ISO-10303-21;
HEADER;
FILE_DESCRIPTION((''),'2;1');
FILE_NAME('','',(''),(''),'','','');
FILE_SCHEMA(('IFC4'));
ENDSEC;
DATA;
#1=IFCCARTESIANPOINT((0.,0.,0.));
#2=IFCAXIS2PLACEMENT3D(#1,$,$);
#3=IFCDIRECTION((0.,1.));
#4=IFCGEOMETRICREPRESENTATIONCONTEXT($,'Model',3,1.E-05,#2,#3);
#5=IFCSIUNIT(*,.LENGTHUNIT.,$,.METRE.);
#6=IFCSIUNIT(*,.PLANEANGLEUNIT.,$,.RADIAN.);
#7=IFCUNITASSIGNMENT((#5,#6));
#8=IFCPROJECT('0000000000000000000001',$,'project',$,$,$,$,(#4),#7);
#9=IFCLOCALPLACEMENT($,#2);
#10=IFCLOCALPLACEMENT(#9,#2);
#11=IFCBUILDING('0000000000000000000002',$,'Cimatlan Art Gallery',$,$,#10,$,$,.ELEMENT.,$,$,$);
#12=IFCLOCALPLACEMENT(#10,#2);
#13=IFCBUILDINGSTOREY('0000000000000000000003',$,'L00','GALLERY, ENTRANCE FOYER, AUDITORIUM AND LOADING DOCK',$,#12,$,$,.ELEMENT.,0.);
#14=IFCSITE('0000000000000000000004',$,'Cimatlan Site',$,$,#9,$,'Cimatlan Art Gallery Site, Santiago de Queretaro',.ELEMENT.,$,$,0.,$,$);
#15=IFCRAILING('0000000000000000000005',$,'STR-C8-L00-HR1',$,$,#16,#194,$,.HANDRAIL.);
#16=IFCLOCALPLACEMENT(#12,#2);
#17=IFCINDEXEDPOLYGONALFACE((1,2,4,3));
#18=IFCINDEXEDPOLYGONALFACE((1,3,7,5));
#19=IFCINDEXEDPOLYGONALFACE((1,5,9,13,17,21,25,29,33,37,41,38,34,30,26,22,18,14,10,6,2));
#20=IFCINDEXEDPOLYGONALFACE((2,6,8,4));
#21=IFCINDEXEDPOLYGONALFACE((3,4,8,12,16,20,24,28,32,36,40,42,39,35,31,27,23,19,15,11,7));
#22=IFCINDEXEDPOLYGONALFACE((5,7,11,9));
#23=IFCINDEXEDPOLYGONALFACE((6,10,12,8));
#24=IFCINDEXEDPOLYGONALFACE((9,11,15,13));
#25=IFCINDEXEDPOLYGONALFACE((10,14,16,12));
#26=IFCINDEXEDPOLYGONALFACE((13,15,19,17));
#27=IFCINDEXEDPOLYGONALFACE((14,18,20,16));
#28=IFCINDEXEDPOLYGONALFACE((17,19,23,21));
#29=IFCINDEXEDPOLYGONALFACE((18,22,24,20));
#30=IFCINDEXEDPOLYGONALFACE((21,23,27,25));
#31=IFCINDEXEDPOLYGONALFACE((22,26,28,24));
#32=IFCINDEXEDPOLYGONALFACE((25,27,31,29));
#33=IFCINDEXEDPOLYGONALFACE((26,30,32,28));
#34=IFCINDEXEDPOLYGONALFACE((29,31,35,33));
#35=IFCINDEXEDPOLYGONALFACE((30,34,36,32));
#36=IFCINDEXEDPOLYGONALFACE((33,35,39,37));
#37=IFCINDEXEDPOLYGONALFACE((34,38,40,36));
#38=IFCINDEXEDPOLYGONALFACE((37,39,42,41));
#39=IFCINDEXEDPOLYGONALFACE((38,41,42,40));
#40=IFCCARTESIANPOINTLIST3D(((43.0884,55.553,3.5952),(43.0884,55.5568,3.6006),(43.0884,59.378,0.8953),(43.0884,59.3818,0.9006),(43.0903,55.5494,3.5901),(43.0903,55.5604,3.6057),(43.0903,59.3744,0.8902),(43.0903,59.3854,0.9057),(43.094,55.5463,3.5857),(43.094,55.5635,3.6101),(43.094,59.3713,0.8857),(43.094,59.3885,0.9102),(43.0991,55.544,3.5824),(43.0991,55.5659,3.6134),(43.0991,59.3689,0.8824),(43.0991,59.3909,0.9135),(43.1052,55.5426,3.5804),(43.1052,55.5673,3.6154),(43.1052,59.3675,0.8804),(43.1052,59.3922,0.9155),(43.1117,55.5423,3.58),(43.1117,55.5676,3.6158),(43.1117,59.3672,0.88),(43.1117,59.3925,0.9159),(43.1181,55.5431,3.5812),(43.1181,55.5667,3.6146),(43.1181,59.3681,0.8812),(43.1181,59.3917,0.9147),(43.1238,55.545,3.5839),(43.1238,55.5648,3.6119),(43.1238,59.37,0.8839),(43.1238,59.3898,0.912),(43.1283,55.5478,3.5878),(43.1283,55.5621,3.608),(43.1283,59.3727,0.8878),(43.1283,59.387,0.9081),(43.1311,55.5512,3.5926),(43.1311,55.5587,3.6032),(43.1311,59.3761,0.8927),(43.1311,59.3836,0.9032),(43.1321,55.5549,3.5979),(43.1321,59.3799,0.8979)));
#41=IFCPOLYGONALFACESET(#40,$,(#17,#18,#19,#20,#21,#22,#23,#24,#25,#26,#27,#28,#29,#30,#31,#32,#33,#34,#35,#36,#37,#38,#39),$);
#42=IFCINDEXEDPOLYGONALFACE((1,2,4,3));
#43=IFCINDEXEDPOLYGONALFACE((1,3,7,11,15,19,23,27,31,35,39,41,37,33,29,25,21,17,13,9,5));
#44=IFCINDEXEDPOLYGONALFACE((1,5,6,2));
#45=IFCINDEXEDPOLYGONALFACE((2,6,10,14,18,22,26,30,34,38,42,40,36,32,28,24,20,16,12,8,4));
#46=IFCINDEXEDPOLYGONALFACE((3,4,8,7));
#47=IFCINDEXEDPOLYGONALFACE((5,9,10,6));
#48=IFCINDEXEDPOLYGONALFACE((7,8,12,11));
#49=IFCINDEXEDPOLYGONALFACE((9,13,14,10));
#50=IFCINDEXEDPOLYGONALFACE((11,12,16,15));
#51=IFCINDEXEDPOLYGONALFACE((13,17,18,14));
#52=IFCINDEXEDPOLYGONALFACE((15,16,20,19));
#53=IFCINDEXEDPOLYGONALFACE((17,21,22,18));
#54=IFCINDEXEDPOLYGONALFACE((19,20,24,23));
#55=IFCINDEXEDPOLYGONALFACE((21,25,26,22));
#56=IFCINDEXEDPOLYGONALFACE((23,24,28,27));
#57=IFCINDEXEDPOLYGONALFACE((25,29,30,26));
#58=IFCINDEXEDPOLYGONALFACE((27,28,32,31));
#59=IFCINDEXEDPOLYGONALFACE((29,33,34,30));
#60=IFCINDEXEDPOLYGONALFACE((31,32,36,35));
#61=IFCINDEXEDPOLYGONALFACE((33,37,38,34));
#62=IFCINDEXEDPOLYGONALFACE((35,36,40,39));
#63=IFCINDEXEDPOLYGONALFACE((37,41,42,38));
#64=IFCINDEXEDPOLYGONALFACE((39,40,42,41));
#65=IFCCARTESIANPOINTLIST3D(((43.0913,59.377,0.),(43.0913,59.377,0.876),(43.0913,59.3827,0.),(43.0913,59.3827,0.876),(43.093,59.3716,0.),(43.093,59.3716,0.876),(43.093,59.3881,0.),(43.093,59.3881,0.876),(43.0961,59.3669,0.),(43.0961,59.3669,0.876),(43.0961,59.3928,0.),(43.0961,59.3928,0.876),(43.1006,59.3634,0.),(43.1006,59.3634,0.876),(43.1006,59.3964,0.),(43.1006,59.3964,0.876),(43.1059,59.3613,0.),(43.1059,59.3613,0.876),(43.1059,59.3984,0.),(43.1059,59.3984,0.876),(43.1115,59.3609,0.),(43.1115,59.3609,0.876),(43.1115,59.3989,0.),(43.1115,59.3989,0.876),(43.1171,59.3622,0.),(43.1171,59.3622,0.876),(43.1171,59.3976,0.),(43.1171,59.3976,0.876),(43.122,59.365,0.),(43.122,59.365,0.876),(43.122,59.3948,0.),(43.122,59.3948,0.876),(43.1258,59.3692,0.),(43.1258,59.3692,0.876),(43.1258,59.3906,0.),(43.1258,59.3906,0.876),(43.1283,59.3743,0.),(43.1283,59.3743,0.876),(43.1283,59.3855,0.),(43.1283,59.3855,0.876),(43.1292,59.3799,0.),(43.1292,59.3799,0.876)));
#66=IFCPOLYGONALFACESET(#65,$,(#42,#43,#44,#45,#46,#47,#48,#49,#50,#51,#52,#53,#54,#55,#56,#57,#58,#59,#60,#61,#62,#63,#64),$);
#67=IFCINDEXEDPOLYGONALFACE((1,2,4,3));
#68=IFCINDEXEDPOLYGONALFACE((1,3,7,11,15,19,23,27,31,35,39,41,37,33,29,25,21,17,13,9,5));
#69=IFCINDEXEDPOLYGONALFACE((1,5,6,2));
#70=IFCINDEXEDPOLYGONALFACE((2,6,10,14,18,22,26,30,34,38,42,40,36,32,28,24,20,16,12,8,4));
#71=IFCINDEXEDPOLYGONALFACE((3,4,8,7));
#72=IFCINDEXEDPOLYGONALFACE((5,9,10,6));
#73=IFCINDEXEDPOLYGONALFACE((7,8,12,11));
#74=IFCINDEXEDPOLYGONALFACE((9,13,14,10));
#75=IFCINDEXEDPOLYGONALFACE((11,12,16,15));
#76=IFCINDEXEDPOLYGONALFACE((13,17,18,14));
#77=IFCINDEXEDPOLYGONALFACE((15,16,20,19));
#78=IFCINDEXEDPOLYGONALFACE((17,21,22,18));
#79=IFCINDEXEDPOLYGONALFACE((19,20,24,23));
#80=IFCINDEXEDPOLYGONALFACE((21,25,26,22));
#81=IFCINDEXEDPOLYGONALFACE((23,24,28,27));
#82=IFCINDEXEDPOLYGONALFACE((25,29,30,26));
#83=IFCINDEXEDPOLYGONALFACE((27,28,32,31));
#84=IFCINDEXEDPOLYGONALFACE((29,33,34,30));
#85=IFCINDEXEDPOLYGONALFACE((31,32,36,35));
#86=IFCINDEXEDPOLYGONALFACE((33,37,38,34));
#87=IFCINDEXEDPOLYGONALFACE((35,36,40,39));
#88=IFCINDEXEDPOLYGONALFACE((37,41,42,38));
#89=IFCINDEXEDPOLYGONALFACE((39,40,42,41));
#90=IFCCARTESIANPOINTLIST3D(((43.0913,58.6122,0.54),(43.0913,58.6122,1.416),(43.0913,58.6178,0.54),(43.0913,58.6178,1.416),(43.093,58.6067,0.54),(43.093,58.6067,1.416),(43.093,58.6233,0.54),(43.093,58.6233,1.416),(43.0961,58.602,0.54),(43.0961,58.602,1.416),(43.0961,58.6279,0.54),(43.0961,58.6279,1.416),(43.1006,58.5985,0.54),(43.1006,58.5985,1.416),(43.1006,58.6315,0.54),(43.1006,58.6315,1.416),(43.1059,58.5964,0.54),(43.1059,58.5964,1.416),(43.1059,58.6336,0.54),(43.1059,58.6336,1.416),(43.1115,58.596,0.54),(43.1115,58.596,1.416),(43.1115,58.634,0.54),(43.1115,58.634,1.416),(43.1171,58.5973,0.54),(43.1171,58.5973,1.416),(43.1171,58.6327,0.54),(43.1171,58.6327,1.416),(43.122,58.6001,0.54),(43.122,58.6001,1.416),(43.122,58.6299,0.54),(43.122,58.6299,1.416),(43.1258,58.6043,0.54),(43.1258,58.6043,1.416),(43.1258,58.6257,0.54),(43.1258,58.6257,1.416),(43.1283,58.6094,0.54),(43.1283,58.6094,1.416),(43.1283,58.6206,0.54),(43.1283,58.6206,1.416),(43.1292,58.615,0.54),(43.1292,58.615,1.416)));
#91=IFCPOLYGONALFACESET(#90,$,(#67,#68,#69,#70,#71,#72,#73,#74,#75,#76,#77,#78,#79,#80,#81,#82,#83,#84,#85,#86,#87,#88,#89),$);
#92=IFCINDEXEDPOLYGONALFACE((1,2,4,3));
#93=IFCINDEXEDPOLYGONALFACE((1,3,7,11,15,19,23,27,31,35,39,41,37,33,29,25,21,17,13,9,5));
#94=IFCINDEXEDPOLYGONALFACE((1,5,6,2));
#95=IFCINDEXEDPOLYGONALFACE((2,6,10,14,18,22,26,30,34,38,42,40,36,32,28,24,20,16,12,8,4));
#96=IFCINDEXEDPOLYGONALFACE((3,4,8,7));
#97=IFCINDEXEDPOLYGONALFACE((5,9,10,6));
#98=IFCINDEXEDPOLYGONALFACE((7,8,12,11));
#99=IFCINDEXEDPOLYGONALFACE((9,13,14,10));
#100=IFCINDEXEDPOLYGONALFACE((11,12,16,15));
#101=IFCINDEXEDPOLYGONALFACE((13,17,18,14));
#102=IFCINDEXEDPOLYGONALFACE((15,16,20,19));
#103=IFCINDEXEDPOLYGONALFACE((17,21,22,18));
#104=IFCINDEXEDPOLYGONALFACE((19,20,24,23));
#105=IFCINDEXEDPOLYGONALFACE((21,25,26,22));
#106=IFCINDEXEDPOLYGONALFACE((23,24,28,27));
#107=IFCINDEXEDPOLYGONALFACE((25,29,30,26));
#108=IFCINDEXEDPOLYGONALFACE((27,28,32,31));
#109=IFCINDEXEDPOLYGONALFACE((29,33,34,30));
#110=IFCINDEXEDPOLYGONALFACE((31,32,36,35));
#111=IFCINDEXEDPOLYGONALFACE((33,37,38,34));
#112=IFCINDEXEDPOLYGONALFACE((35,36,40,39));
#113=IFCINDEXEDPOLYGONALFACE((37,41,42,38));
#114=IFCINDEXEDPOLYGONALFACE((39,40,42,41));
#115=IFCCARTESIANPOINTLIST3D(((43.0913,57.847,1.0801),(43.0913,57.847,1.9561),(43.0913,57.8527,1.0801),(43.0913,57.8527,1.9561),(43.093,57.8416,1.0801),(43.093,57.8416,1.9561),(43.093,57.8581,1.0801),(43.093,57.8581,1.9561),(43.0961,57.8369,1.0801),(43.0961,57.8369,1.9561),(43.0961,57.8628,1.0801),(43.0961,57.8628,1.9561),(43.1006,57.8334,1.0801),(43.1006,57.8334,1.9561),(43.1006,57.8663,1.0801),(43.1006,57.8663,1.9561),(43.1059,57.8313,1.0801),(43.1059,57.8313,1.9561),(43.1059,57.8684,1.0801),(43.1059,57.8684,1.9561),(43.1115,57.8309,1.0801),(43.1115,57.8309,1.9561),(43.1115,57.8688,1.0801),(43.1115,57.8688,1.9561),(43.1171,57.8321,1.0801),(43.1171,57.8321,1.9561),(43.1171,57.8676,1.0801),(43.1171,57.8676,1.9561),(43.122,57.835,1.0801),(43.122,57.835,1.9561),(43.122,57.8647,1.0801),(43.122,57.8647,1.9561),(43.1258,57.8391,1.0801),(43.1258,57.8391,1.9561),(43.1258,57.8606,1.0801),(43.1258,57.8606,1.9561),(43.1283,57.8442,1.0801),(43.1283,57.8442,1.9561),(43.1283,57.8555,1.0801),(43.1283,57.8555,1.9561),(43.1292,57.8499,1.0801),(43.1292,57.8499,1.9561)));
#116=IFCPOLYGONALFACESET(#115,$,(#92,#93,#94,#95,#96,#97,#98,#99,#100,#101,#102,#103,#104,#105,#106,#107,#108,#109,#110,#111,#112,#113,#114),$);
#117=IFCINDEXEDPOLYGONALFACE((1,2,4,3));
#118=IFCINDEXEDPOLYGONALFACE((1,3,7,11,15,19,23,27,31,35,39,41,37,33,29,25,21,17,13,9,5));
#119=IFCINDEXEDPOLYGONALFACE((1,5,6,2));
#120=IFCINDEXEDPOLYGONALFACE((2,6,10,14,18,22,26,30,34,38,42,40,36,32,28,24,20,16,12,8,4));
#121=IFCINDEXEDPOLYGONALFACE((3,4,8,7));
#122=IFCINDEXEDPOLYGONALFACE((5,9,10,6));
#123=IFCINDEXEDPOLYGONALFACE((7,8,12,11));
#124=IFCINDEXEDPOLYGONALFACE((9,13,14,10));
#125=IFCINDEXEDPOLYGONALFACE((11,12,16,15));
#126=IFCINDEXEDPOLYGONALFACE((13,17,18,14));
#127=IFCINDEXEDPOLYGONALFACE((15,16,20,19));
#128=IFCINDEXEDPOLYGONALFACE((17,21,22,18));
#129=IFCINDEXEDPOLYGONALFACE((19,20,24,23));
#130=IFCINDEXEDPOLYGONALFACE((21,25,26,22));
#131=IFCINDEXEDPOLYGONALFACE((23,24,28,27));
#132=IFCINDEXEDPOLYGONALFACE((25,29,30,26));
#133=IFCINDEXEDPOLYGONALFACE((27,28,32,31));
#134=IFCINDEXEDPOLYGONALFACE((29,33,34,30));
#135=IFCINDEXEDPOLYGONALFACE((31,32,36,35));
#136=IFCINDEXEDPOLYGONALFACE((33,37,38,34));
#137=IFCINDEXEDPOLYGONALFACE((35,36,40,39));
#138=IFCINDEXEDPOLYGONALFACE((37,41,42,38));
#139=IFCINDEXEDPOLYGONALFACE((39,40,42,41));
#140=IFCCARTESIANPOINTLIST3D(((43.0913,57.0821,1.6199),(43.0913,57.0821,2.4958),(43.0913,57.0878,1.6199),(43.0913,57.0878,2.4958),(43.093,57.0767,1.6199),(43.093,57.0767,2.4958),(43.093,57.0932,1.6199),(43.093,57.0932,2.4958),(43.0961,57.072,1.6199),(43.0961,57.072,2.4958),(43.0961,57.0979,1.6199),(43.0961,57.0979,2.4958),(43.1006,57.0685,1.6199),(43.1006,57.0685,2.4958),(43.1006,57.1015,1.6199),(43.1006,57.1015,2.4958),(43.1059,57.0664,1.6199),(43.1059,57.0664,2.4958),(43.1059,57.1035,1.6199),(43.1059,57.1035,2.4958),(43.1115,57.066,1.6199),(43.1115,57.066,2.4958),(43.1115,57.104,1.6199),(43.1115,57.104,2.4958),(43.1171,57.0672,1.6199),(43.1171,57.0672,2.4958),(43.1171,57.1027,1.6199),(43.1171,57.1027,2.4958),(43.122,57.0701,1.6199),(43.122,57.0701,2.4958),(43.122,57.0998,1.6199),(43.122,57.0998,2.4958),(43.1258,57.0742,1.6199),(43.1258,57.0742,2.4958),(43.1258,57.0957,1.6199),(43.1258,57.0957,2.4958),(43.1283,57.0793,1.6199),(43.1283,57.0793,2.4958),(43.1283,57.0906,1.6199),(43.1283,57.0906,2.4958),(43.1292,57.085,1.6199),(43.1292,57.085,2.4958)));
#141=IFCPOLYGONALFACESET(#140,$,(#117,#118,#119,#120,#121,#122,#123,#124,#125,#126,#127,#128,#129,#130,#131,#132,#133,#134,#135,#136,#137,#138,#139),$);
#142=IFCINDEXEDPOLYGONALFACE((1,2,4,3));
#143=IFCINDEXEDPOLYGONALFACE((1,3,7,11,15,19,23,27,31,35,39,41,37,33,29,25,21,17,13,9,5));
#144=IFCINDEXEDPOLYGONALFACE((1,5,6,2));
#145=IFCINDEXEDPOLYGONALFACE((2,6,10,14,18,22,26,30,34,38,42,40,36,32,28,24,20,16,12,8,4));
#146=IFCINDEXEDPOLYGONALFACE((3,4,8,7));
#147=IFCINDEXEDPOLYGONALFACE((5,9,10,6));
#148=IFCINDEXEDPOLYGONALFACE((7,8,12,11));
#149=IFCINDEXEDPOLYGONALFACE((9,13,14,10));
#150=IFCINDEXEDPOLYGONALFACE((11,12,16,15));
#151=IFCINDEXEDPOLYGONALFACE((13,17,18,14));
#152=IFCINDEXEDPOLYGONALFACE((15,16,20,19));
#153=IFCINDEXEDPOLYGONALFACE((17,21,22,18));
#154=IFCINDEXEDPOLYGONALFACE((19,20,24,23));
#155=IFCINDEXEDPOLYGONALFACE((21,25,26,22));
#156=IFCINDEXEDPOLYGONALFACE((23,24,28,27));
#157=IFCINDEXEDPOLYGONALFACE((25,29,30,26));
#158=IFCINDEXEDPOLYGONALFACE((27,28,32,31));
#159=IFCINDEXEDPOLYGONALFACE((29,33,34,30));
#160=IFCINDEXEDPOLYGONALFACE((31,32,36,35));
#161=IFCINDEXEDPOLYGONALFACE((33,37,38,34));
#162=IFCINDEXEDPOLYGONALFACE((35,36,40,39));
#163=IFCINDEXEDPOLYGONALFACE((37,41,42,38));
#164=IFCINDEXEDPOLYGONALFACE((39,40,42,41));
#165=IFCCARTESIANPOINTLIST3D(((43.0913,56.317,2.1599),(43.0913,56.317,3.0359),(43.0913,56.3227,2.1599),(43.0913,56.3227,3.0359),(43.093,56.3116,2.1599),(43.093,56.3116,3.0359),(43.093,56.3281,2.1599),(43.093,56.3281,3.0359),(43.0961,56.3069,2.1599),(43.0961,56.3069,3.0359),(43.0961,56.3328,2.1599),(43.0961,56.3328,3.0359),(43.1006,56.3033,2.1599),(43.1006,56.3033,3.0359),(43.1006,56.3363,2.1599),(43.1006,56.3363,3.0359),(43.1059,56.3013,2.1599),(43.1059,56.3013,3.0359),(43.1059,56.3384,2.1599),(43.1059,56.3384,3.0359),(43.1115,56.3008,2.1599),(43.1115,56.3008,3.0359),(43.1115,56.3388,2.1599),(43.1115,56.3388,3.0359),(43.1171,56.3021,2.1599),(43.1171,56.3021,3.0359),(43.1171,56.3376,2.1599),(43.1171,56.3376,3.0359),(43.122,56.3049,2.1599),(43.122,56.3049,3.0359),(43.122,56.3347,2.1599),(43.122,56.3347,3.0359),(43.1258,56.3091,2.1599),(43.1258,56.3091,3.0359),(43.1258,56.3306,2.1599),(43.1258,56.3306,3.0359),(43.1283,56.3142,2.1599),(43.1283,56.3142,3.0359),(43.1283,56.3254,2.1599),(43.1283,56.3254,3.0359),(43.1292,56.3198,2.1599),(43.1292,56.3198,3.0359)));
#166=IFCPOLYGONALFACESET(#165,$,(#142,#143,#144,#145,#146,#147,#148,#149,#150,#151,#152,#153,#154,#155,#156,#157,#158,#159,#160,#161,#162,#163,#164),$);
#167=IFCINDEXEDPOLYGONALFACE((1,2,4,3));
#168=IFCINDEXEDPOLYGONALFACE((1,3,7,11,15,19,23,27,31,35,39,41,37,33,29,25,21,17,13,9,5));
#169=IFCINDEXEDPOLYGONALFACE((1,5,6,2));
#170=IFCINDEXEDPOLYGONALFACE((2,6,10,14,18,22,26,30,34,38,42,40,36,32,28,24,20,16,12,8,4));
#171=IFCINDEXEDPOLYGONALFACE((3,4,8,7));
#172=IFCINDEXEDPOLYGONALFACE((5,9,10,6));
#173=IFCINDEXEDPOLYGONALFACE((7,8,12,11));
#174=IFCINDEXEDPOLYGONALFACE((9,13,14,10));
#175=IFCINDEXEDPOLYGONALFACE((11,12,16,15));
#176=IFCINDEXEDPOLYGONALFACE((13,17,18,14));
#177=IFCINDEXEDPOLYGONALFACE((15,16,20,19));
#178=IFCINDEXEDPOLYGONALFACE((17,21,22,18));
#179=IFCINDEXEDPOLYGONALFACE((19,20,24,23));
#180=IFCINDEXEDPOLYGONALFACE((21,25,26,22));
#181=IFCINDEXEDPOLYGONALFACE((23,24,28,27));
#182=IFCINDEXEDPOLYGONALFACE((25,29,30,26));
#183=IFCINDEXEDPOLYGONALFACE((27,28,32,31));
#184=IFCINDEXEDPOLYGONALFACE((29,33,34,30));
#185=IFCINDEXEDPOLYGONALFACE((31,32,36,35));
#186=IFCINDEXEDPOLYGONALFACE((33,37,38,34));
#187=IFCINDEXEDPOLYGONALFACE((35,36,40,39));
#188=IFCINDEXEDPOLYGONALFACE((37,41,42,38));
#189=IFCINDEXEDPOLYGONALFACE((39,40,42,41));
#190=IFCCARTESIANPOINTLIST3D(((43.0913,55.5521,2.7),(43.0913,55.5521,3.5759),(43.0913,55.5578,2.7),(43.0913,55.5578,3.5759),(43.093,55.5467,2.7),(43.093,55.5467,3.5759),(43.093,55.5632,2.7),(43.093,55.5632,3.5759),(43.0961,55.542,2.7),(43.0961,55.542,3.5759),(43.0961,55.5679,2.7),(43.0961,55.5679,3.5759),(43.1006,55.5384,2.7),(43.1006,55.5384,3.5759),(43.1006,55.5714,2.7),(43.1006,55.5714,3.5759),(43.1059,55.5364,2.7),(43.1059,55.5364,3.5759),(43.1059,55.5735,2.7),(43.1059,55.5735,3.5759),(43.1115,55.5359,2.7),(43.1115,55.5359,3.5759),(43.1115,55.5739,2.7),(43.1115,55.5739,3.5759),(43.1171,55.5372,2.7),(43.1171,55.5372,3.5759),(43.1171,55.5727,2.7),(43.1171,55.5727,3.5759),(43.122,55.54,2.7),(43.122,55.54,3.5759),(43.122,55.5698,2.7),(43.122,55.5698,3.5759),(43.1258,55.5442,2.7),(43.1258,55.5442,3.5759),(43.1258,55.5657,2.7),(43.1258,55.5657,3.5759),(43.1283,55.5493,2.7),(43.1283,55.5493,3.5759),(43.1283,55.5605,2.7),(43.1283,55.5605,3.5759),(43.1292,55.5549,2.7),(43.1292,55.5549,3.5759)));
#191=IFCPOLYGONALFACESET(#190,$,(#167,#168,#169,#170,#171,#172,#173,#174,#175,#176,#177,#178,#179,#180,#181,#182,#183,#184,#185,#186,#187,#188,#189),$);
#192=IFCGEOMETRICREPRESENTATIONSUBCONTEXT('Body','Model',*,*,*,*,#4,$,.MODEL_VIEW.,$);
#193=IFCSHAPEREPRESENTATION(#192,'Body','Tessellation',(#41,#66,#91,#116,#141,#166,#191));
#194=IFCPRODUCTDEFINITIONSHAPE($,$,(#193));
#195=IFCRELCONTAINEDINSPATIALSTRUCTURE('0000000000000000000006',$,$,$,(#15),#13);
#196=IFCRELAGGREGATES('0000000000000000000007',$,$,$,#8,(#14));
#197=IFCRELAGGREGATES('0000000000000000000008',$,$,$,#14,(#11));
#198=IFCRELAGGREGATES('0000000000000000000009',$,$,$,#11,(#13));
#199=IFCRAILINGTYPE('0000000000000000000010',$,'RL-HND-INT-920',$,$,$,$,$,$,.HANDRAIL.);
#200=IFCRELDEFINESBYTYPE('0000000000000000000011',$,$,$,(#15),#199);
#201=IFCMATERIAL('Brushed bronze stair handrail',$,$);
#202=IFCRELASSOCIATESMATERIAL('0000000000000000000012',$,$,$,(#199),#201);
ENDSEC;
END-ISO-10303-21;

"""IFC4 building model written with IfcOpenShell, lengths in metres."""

from ifc_helpers import new_model, si_unit, direction, frame, origin, origin_2d, place, context, subcontext, project, spatial, circle, extrude, material, type_object, element, save


model = new_model("IFC4")

# Units and contexts
model_context = context("Model", 3, precision=1e-05, world=origin(), true_north=direction((0.0, 1.0)))
body_context = subcontext(model_context, "Body", "Model", "MODEL_VIEW")
ifc_project = project(units=[si_unit("LENGTHUNIT", "METRE"), si_unit("PLANEANGLEUNIT", "RADIAN")], contexts=[model_context])

# Site, building, storey
site_placement = place(None, origin())
site = spatial("IfcSite", under=ifc_project, at=site_placement, Name="Cimatlan Site", LongName="Cimatlan Art Gallery Site, Santiago de Queretaro", CompositionType="ELEMENT", RefElevation=0.0)
building_placement = place(site_placement, origin())
building = spatial("IfcBuilding", under=site, at=building_placement, Name="Cimatlan Art Gallery", CompositionType="ELEMENT")
storey_placement = place(building_placement, origin())
storey = spatial("IfcBuildingStorey", under=building, at=storey_placement, Name="L00", Description="GALLERY, ENTRANCE FOYER, AUDITORIUM AND LOADING DOCK", CompositionType="ELEMENT", Elevation=0.0)

# Railing
ifc_material_1 = material(Name="Brushed bronze stair handrail")
railing_type_1 = type_object("IfcRailingType", Name="RL-HND-INT-920", PredefinedType="HANDRAIL", material=ifc_material_1)
railing_1_placement = place(storey_placement, frame((43.1101, 59.3799, 0.0)))
element("IfcRailing", 1, at=railing_1_placement, inside=storey, type_object=railing_type_1, Name="STR-C8-L00-HR1", PredefinedType="HANDRAIL", context=body_context, shape_type="SweptSolid", body=[
    extrude(circle(Radius=0.022, at=origin_2d()), frame((0.0, 0.0, 0.8979), z_axis=(0.0, -0.816969, 0.576681), x_axis=(1.0, 0.0, 0.0)), (0.0, 0.0, 1.0), 4.6819),
    extrude(circle(Radius=0.019, at=origin_2d()), origin(), (0.0, 0.0, 1.0), 0.876),
    extrude(circle(Radius=0.019, at=origin_2d()), frame((0.0, -0.7649, 0.54)), (0.0, 0.0, 1.0), 0.876),
    extrude(circle(Radius=0.019, at=origin_2d()), frame((0.0, -1.53, 1.0801)), (0.0, 0.0, 1.0), 0.876),
    extrude(circle(Radius=0.019, at=origin_2d()), frame((0.0, -2.2949, 1.6199)), (0.0, 0.0, 1.0), 0.876),
    extrude(circle(Radius=0.019, at=origin_2d()), frame((0.0, -3.0601, 2.1599)), (0.0, 0.0, 1.0), 0.876),
    extrude(circle(Radius=0.019, at=origin_2d()), frame((0.0, -3.825, 2.7)), (0.0, 0.0, 1.0), 0.876),
])

save(model, "model.ifc")
